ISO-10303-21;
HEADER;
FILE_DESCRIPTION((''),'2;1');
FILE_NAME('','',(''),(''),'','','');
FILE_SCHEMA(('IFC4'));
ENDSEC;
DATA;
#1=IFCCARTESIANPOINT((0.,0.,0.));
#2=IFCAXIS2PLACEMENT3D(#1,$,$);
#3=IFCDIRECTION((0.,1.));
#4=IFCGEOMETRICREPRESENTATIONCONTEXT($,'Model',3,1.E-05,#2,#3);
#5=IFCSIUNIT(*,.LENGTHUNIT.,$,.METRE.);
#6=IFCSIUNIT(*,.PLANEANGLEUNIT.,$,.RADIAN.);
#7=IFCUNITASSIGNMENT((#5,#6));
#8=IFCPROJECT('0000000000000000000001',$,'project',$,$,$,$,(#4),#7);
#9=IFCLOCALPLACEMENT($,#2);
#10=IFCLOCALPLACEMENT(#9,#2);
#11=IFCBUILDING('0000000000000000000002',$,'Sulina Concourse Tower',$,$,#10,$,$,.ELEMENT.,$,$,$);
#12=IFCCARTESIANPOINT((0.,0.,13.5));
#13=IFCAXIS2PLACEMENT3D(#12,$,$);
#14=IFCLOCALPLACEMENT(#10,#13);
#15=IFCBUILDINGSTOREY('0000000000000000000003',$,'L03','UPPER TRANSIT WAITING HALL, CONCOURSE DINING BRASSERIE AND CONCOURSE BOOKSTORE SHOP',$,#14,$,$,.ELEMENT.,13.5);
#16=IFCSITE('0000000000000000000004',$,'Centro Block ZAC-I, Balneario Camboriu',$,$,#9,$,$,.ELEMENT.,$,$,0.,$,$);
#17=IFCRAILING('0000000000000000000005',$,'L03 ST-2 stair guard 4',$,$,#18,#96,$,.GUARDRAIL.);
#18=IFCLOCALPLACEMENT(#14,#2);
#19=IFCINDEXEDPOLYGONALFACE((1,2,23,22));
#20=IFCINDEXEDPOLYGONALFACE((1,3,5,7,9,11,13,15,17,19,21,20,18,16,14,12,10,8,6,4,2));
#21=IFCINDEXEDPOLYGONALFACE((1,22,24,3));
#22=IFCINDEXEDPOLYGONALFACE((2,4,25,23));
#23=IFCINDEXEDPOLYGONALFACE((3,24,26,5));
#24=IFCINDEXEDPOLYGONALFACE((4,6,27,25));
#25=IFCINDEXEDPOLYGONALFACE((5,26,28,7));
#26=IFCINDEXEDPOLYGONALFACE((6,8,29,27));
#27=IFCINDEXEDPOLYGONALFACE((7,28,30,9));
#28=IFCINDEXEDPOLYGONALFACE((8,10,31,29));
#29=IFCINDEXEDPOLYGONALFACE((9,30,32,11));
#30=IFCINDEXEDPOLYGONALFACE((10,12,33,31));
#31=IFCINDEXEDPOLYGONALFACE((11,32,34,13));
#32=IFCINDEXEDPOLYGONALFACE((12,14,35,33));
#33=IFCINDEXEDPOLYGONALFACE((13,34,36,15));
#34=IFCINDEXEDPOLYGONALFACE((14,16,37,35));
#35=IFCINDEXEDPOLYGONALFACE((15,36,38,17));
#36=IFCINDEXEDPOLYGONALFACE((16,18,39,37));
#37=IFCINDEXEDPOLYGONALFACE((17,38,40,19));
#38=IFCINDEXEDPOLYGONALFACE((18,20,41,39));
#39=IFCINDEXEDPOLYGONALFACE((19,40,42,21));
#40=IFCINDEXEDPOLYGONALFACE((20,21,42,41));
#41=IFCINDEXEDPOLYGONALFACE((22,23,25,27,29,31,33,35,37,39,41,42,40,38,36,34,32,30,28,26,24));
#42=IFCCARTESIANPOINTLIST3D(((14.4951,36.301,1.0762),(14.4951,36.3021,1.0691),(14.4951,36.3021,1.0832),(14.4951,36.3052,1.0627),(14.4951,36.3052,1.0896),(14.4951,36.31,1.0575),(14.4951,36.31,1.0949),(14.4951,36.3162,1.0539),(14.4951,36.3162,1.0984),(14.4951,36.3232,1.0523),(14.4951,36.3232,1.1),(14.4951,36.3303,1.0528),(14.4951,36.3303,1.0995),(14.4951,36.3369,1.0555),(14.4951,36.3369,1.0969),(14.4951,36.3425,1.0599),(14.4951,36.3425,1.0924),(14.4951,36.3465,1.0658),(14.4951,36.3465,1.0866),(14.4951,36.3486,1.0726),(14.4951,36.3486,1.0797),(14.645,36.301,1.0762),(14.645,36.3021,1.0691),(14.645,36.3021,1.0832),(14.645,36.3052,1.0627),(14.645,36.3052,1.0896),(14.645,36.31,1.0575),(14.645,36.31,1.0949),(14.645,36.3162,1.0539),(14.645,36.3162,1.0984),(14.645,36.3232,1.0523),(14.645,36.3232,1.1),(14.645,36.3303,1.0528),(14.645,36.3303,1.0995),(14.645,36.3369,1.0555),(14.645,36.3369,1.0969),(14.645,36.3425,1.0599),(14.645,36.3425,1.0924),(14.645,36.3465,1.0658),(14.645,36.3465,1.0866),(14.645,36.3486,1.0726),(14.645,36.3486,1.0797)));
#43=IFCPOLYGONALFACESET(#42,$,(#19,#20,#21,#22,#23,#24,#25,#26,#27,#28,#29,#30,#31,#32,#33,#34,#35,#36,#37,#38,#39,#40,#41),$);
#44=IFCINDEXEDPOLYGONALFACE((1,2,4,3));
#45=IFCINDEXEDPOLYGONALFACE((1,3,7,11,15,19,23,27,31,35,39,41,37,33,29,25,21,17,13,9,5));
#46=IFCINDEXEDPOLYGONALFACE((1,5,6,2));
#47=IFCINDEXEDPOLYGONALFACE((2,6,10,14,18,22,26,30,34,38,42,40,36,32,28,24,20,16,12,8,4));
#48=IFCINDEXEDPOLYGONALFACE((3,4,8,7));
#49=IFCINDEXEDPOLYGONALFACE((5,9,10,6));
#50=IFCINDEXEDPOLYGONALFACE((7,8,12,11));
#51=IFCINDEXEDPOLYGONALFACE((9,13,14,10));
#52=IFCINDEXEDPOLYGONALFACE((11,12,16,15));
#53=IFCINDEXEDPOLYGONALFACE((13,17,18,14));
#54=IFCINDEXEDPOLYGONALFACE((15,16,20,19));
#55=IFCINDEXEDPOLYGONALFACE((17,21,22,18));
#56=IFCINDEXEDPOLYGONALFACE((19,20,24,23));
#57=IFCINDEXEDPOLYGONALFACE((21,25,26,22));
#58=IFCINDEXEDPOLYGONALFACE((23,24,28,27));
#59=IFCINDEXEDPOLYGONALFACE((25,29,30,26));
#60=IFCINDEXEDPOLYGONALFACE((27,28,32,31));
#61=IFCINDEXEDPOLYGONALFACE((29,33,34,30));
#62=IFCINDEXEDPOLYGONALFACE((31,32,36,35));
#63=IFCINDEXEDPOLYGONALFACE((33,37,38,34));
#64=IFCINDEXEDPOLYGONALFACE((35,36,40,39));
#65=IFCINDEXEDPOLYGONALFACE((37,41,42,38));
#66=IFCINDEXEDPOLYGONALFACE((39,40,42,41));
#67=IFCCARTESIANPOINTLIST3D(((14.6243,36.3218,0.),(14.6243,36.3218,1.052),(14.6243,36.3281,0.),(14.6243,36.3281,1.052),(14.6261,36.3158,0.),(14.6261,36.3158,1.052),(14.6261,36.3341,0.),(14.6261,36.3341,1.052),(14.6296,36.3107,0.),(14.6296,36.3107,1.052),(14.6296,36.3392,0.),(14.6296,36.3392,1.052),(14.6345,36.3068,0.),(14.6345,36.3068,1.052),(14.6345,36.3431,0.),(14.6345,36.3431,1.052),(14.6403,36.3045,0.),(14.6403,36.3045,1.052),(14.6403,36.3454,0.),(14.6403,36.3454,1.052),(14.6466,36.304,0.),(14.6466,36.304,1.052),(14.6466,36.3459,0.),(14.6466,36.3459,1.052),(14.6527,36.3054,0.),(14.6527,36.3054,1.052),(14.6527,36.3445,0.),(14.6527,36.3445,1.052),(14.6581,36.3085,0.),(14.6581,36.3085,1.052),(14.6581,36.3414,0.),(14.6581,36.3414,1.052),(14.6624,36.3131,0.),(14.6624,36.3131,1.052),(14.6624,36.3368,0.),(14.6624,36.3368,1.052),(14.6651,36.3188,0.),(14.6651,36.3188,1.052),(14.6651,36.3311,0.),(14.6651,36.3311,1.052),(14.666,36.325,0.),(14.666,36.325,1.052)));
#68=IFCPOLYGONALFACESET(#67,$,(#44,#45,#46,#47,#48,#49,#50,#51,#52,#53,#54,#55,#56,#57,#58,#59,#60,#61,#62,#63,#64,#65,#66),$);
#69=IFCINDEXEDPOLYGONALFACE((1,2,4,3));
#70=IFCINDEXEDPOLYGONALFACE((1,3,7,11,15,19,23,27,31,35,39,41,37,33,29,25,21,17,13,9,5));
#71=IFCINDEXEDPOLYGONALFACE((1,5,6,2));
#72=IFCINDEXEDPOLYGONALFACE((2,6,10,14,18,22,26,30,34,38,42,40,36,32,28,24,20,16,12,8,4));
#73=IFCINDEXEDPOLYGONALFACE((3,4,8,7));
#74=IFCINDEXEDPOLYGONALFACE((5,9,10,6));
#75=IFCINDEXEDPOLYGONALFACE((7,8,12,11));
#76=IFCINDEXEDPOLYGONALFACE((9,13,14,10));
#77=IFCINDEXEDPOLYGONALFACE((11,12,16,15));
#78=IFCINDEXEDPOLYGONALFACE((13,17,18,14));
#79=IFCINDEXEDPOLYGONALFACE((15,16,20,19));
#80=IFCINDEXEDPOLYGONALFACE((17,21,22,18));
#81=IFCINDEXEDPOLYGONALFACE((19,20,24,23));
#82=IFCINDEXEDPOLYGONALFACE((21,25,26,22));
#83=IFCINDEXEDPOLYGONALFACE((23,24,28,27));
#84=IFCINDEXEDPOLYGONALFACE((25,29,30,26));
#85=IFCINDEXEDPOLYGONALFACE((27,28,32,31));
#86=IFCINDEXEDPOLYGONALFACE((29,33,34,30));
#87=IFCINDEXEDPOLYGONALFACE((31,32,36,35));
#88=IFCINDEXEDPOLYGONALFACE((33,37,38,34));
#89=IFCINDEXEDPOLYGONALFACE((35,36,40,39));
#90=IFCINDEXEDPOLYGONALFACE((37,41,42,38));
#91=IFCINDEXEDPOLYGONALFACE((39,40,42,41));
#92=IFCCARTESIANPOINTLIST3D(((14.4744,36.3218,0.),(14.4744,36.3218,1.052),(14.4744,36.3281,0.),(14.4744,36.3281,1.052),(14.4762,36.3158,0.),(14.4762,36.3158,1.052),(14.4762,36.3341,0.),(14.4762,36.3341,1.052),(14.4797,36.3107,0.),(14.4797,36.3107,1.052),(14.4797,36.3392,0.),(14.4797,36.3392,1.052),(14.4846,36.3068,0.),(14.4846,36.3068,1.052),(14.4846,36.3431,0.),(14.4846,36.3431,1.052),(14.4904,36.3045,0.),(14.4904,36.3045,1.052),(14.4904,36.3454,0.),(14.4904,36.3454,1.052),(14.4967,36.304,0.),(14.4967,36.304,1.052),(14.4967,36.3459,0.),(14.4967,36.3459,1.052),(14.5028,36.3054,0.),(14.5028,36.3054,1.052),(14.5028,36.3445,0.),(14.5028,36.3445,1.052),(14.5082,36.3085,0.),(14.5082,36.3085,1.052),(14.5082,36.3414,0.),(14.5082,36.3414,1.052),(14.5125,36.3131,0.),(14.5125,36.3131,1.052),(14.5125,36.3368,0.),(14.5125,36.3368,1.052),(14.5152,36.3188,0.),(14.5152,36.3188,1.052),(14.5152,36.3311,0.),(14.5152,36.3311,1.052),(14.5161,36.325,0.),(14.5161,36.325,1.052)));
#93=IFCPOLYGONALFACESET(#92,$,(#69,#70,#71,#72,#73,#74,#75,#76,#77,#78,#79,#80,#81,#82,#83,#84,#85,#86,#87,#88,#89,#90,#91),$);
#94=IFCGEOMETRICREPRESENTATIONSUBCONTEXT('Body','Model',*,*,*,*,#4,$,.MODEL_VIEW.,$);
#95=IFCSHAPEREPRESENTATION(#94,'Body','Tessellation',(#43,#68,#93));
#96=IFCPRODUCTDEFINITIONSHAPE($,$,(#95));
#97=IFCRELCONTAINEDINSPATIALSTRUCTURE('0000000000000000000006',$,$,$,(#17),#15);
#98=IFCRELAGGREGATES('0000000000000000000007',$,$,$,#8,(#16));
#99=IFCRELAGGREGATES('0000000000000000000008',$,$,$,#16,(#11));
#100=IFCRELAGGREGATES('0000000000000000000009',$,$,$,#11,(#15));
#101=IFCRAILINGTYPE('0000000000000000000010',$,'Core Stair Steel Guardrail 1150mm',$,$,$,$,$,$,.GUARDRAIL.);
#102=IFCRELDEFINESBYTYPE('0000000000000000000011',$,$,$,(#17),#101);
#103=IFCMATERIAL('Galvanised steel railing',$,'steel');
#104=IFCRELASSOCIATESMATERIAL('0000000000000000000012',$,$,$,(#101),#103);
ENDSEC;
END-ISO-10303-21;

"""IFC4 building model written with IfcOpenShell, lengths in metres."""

from ifc_helpers import new_model, si_unit, direction, frame, origin, origin_2d, place, context, subcontext, project, spatial, circle, extrude, material, type_object, element, save


model = new_model("IFC4")

# Units and contexts
model_context = context("Model", 3, precision=1e-05, world=origin(), true_north=direction((0.0, 1.0)))
body_context = subcontext(model_context, "Body", "Model", "MODEL_VIEW")
ifc_project = project(units=[si_unit("LENGTHUNIT", "METRE"), si_unit("PLANEANGLEUNIT", "RADIAN")], contexts=[model_context])

# Site, building, storey
site_placement = place(None, origin())
site = spatial("IfcSite", under=ifc_project, at=site_placement, Name="Centro Block ZAC-I, Balneario Camboriu", CompositionType="ELEMENT", RefElevation=0.0)
building_placement = place(site_placement, origin())
building = spatial("IfcBuilding", under=site, at=building_placement, Name="Sulina Concourse Tower", CompositionType="ELEMENT")
storey_placement = place(building_placement, frame((0.0, 0.0, 13.5)))
storey = spatial("IfcBuildingStorey", under=building, at=storey_placement, Name="L03", Description="UPPER TRANSIT WAITING HALL, CONCOURSE DINING BRASSERIE AND CONCOURSE BOOKSTORE SHOP", CompositionType="ELEMENT", Elevation=13.5)

# Railing
ifc_material_1 = material(Name="Galvanised steel railing", Category="steel")
railing_type_1 = type_object("IfcRailingType", Name="Core Stair Steel Guardrail 1150mm", PredefinedType="GUARDRAIL", material=ifc_material_1)
railing_1_placement = place(storey_placement, frame((14.645, 36.325, 0.0)))
element("IfcRailing", 1, at=railing_1_placement, inside=storey, type_object=railing_type_1, Name="L03 ST-2 stair guard 4", PredefinedType="GUARDRAIL", context=body_context, shape_type="SweptSolid", body=[
    extrude(circle(Radius=0.0239, at=origin_2d()), frame((0.0, 0.0, 1.0762), z_axis=(-1.0, 0.0, 0.0), x_axis=(0.0, -1.0, 0.0)), (0.0, 0.0, 1.0), 0.1499),
    extrude(circle(Radius=0.021, at=origin_2d()), origin(), (0.0, 0.0, 1.0), 1.052),
    extrude(circle(Radius=0.021, at=origin_2d()), frame((-0.1499, 0.0, 0.0)), (0.0, 0.0, 1.0), 1.052),
])

save(model, "model.ifc")
